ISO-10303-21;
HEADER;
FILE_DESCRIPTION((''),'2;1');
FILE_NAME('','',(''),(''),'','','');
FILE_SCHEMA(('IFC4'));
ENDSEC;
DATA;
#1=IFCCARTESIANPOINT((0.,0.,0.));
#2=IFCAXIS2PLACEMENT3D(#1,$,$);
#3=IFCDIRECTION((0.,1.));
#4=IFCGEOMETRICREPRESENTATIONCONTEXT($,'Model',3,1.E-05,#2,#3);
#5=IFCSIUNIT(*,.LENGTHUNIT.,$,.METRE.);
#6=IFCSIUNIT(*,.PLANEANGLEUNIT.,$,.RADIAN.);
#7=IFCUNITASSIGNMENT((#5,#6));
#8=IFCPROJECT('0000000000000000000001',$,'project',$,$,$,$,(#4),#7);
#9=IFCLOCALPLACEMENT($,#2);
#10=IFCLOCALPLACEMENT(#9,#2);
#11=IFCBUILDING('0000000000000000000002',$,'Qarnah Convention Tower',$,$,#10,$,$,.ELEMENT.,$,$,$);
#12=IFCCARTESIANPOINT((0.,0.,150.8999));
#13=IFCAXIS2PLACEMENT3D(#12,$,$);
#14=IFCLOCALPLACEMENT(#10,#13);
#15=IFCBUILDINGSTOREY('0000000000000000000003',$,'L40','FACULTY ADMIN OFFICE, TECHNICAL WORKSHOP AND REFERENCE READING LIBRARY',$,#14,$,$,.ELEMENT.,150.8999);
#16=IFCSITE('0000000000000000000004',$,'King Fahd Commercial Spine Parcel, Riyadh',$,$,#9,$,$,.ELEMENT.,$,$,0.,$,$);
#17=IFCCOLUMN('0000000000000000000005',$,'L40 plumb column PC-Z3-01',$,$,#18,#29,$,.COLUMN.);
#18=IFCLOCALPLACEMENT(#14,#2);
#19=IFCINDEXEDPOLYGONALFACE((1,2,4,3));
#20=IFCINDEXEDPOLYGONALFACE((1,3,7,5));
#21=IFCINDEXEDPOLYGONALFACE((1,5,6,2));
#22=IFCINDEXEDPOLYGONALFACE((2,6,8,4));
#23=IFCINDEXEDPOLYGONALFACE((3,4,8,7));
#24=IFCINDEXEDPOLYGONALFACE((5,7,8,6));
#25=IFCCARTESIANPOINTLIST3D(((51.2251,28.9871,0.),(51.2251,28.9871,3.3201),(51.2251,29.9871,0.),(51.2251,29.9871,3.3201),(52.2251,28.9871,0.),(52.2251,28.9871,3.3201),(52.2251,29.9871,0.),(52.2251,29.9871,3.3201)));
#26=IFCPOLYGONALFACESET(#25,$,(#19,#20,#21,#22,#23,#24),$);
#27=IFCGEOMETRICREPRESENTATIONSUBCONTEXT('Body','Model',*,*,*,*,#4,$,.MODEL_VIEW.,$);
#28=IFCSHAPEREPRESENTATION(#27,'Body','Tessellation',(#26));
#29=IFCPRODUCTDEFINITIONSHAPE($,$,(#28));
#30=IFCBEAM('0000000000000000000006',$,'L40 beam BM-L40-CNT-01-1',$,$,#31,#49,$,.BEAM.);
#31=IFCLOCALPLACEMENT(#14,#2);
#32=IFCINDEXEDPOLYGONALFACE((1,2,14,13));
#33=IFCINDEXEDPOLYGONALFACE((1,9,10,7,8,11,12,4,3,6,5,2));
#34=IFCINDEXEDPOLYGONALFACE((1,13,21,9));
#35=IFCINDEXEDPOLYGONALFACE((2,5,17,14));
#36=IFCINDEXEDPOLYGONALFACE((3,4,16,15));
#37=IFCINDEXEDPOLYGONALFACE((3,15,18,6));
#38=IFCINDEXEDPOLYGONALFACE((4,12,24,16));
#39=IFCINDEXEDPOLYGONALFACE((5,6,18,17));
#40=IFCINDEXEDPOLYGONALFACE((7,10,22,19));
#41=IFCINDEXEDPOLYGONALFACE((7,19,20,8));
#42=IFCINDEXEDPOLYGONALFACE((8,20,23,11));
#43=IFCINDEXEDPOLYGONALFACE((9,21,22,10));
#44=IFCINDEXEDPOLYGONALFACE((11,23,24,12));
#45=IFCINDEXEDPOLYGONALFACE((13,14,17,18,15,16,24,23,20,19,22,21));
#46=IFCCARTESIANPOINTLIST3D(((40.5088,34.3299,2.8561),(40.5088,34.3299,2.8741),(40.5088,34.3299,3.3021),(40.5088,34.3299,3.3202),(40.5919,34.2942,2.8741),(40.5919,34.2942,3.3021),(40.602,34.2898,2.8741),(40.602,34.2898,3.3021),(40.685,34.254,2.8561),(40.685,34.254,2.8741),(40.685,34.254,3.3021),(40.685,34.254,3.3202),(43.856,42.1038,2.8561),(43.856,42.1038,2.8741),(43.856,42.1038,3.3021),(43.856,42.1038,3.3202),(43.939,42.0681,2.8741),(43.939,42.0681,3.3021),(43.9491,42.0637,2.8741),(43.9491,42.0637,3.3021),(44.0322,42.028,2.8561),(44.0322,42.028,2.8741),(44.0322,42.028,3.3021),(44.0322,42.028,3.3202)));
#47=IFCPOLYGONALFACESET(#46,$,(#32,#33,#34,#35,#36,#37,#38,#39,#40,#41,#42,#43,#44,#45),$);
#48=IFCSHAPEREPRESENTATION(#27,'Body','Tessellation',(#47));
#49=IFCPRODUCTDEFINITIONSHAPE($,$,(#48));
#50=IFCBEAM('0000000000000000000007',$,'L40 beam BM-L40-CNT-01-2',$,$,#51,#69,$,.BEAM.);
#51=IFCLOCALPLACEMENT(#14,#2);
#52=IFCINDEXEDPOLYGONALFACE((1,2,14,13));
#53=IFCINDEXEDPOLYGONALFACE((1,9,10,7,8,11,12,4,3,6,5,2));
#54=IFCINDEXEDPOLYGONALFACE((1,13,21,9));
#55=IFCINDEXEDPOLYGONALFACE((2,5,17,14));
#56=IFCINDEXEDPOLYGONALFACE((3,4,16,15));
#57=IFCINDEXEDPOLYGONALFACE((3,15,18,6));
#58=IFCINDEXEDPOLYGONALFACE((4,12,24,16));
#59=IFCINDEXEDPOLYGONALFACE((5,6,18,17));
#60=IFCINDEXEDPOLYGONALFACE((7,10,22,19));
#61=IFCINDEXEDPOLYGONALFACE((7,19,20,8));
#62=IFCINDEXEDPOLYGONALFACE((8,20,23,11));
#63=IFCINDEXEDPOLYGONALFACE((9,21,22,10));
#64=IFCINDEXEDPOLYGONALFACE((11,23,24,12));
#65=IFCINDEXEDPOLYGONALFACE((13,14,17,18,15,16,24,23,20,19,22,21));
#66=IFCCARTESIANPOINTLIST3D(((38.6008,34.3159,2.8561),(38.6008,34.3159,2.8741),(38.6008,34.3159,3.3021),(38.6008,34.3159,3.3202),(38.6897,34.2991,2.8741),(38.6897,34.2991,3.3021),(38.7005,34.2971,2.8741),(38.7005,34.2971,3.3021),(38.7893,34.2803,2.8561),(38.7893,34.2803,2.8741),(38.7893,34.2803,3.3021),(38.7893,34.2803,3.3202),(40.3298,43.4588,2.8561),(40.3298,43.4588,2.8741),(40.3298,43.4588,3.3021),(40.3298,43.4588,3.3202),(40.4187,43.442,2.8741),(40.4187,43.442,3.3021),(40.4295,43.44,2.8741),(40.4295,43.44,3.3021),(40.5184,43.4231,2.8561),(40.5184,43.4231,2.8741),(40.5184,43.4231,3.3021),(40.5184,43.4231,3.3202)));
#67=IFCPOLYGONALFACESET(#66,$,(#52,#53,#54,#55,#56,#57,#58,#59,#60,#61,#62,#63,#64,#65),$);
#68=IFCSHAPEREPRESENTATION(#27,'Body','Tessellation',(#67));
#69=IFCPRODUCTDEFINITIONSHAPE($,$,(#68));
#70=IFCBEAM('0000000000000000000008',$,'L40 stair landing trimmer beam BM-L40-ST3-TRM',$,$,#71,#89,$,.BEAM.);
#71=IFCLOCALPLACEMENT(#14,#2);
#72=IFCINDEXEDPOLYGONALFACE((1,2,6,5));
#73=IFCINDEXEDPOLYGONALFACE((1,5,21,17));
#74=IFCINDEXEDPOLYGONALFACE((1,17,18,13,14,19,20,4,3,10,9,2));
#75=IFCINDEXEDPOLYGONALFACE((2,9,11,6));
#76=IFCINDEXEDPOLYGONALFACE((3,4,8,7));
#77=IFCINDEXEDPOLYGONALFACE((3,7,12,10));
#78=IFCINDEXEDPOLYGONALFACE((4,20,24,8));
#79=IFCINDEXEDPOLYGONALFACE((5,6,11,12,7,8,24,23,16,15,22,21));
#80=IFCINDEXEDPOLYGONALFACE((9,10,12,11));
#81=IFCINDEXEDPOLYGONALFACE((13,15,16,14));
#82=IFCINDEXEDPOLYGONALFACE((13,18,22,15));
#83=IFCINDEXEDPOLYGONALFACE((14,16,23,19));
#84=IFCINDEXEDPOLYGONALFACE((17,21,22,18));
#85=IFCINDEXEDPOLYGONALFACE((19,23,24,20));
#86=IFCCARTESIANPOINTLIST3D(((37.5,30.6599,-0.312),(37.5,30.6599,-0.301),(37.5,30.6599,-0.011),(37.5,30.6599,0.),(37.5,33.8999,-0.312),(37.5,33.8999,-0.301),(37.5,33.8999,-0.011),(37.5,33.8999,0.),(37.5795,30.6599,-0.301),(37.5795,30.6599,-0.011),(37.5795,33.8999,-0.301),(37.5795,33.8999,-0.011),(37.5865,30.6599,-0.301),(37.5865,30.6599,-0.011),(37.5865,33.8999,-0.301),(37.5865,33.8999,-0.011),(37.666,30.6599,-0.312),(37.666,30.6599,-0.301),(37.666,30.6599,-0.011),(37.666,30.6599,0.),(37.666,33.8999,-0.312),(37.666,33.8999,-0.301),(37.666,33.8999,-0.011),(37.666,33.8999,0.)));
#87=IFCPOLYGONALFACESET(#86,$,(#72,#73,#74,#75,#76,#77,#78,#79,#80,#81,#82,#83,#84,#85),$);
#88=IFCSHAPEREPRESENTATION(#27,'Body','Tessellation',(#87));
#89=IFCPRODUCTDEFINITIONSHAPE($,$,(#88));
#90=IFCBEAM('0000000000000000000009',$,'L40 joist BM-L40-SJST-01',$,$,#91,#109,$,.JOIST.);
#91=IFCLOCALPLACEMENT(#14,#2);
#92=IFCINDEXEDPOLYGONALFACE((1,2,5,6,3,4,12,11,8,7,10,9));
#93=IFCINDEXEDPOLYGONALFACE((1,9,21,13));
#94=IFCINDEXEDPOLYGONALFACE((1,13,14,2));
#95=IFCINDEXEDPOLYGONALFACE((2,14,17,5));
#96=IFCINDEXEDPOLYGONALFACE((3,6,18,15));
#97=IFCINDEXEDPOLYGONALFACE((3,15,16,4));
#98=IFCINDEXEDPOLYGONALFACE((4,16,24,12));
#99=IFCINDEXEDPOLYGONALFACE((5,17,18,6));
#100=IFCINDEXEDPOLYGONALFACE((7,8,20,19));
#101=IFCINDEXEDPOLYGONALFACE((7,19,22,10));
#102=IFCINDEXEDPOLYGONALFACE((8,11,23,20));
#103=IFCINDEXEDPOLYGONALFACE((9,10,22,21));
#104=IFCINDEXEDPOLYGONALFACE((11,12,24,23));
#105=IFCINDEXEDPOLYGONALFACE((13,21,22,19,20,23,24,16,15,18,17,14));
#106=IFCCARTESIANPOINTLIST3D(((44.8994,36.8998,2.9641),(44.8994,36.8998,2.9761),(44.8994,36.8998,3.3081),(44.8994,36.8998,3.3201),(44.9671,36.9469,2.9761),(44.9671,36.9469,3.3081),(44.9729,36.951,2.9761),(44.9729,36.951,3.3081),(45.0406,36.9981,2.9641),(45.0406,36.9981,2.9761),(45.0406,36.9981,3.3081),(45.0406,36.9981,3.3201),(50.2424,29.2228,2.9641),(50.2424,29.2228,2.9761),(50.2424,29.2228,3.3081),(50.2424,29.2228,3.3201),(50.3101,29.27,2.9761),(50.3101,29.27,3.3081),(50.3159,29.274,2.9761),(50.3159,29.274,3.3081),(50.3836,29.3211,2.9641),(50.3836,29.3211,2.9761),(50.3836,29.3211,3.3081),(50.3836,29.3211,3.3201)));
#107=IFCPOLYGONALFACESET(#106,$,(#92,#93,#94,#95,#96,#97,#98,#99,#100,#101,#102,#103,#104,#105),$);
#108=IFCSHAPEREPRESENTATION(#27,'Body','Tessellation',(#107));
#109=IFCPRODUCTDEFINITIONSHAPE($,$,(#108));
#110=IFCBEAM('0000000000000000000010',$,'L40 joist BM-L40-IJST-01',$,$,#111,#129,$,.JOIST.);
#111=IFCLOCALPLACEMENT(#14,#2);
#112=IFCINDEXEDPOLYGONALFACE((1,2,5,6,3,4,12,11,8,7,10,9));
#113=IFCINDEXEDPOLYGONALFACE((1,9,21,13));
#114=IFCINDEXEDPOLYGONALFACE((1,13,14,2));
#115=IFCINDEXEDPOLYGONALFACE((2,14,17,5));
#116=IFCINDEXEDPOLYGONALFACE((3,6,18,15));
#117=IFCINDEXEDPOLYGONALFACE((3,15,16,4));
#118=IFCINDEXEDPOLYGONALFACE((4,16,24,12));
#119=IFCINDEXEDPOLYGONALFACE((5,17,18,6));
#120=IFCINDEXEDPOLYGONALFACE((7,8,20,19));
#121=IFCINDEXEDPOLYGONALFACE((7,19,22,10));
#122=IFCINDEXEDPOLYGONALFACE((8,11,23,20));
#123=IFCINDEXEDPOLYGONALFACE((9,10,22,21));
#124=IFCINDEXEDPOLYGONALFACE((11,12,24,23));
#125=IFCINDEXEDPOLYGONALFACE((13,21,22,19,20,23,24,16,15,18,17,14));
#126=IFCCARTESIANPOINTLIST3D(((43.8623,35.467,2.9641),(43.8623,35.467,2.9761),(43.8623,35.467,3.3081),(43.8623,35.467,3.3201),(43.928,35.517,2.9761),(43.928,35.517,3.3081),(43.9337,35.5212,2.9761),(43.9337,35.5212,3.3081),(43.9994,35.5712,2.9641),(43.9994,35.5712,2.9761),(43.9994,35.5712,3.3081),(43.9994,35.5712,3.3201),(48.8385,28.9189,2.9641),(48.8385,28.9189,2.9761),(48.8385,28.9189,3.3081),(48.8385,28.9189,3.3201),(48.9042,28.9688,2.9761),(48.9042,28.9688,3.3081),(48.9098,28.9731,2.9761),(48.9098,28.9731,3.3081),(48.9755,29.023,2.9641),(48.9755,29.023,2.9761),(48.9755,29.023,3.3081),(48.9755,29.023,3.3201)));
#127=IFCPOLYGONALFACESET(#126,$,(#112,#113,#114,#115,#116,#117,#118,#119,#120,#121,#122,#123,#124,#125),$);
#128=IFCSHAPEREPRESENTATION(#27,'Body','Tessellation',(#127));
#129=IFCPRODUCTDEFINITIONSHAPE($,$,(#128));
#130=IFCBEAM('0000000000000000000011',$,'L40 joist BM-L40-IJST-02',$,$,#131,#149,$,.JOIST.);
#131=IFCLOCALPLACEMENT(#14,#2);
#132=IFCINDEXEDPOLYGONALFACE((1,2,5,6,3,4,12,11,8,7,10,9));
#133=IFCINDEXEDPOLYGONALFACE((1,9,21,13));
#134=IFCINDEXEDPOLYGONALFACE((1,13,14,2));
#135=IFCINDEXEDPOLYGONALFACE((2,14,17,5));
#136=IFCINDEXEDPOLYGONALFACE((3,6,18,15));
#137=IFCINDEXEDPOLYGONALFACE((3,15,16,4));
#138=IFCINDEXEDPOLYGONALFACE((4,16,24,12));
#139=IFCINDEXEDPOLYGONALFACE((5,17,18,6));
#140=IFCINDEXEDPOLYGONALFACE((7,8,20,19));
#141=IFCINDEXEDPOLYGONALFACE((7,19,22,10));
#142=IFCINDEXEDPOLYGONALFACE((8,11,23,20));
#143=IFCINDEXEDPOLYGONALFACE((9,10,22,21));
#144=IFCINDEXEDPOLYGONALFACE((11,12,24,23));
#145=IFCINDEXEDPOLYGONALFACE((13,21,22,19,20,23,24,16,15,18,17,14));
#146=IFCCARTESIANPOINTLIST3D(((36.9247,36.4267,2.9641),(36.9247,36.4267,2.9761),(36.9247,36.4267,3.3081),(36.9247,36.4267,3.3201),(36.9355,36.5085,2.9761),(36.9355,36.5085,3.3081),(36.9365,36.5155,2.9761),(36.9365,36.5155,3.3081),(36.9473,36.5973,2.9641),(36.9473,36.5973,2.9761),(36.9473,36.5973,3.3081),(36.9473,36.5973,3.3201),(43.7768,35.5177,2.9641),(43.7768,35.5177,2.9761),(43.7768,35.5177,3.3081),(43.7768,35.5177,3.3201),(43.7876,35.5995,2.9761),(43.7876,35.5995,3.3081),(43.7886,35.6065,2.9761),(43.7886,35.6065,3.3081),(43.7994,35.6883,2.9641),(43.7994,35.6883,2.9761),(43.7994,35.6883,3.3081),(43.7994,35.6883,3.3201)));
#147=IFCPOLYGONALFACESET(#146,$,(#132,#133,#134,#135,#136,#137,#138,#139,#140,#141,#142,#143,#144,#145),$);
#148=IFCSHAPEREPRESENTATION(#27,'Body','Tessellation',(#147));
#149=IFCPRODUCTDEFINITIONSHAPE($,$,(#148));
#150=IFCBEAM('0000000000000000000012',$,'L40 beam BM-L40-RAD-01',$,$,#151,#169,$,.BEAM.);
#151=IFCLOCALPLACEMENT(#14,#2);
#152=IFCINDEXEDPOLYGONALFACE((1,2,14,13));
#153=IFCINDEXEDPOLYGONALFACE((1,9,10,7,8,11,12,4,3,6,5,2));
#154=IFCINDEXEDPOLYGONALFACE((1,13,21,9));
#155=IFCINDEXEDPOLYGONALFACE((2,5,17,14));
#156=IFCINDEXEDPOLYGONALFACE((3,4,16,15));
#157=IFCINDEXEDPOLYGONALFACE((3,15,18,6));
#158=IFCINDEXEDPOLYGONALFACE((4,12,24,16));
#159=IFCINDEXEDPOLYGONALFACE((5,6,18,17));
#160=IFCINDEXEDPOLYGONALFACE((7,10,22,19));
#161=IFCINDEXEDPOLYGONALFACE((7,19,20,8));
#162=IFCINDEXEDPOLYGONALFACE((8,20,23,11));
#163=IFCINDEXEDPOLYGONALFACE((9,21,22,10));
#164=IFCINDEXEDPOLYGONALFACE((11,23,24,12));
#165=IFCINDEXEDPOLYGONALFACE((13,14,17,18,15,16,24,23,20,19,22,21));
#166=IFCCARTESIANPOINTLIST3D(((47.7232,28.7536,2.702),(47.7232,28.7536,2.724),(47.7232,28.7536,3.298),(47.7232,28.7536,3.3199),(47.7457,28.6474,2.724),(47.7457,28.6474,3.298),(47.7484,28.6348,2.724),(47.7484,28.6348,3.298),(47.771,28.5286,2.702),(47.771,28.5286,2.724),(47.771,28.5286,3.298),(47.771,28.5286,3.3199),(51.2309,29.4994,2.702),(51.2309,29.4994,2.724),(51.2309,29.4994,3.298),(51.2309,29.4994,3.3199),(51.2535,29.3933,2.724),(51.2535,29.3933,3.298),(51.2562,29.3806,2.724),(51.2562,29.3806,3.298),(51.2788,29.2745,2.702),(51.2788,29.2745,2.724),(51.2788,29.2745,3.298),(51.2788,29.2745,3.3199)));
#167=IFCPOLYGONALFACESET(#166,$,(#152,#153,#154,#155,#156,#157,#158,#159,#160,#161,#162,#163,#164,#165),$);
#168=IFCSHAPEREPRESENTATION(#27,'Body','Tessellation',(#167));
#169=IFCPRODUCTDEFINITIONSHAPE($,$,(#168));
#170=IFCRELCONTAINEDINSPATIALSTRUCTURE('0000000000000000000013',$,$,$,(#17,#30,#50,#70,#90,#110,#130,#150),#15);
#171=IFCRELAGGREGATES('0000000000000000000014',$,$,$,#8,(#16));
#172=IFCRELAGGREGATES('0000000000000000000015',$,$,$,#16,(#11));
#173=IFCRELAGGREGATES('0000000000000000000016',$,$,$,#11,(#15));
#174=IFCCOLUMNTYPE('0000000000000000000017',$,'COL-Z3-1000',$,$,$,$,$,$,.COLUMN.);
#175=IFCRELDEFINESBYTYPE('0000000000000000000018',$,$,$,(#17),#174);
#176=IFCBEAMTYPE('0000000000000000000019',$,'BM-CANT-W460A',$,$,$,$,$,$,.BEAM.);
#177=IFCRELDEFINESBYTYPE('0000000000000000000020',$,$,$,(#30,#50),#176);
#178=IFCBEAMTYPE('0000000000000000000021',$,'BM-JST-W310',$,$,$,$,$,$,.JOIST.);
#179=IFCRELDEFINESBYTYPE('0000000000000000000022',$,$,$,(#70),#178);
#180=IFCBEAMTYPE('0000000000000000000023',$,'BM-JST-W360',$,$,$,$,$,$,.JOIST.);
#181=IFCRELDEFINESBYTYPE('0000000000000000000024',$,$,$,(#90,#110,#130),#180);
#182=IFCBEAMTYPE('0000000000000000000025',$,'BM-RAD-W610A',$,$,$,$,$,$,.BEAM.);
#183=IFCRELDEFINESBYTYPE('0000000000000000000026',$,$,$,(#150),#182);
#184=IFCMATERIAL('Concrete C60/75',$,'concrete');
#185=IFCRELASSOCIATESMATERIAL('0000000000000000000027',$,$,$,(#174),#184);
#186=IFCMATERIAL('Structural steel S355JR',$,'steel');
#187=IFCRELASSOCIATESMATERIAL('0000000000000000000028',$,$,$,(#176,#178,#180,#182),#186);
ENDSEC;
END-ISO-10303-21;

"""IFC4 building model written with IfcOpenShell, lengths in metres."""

from ifc_helpers import new_model, si_unit, direction, frame, origin, origin_2d, place, context, subcontext, project, spatial, rectangle, i_section, extrude, material, material_profile, profile_set, type_object, element, save


model = new_model("IFC4")

# Units and contexts
model_context = context("Model", 3, precision=1e-05, world=origin(), true_north=direction((0.0, 1.0)))
body_context = subcontext(model_context, "Body", "Model", "MODEL_VIEW")
ifc_project = project(units=[si_unit("LENGTHUNIT", "METRE"), si_unit("PLANEANGLEUNIT", "RADIAN")], contexts=[model_context])

# Site, building, storey
site_placement = place(None, origin())
site = spatial("IfcSite", under=ifc_project, at=site_placement, Name="King Fahd Commercial Spine Parcel, Riyadh", CompositionType="ELEMENT", RefElevation=0.0)
building_placement = place(site_placement, origin())
building = spatial("IfcBuilding", under=site, at=building_placement, Name="Qarnah Convention Tower", CompositionType="ELEMENT")
storey_placement = place(building_placement, frame((0.0, 0.0, 150.8999)))
storey = spatial("IfcBuildingStorey", under=building, at=storey_placement, Name="L40", Description="FACULTY ADMIN OFFICE, TECHNICAL WORKSHOP AND REFERENCE READING LIBRARY", CompositionType="ELEMENT", Elevation=150.8999)

# Column
ifc_material_1 = material(Name="Concrete C60/75", Category="concrete")
ifc_material_profile_1 = material_profile(ifc_material_1, rectangle(XDim=1.0, YDim=1.0, at=origin_2d()), Name="RC-COL-1000X1000")
ifc_profile_set_1 = profile_set([ifc_material_profile_1], Name="Concrete C60/75")
column_type = type_object("IfcColumnType", Name="COL-Z3-1000", PredefinedType="COLUMN", material=ifc_profile_set_1)
column_placement = place(storey_placement, frame((51.7251, 29.4871, 0.0), z_axis=(0.0, 0.0, 1.0), x_axis=(1.0, 0.0, 0.0)))
element("IfcColumn", 1, at=column_placement, inside=storey, type_object=column_type, Name="L40 plumb column PC-Z3-01", PredefinedType="COLUMN", context=body_context, shape_type="SweptSolid", body=[
    extrude(rectangle(XDim=1.0, YDim=1.0, at=origin_2d()), origin(), (0.0, 0.0, 1.0), 3.3201),
])

# Beams
ifc_material_2 = material(Name="Structural steel S355JR", Category="steel")
ifc_material_profile_2 = material_profile(ifc_material_2, i_section(OverallWidth=0.1919, OverallDepth=0.4641, WebThickness=0.011, FlangeThickness=0.0181, at=origin_2d()), Name="W460X89")
ifc_profile_set_2 = profile_set([ifc_material_profile_2], Name="Structural steel S355JR")
beam_type_1 = type_object("IfcBeamType", Name="BM-CANT-W460A", PredefinedType="BEAM", material=ifc_profile_set_2)
beam_1_placement = place(storey_placement, frame((40.5969, 34.292, 3.0881), z_axis=(0.395464, 0.918481, 0.0), x_axis=(-0.918481, 0.395464, 0.0)))
element("IfcBeam", 2, at=beam_1_placement, inside=storey, type_object=beam_type_1, Name="L40 beam BM-L40-CNT-01-1", PredefinedType="BEAM", context=body_context, shape_type="SweptSolid", body=[
    extrude(i_section(OverallWidth=0.1919, OverallDepth=0.4641, WebThickness=0.011, FlangeThickness=0.0181, at=origin_2d()), origin(), (0.0, 0.0, 1.0), 8.4639),
])
beam_2_placement = place(storey_placement, frame((38.6951, 34.2981, 3.0881), z_axis=(0.185817, 0.982584, 0.0), x_axis=(-0.982584, 0.185817, 0.0)))
element("IfcBeam", 3, at=beam_2_placement, inside=storey, type_object=beam_type_1, Name="L40 beam BM-L40-CNT-01-2", PredefinedType="BEAM", context=body_context, shape_type="SweptSolid", body=[
    extrude(i_section(OverallWidth=0.1919, OverallDepth=0.4641, WebThickness=0.011, FlangeThickness=0.0181, at=origin_2d()), origin(), (0.0, 0.0, 1.0), 9.3049),
])
ifc_material_profile_3 = material_profile(ifc_material_2, i_section(OverallWidth=0.166, OverallDepth=0.312, WebThickness=0.0071, FlangeThickness=0.011, at=origin_2d()), Name="W310X45")
ifc_profile_set_3 = profile_set([ifc_material_profile_3], Name="Structural steel S355JR")
beam_type_2 = type_object("IfcBeamType", Name="BM-JST-W310", PredefinedType="JOIST", material=ifc_profile_set_3)
beam_3_placement = place(storey_placement, frame((37.583, 30.6599, -0.156), z_axis=(0.0, 1.0, 0.0), x_axis=(-1.0, 0.0, 0.0)))
element("IfcBeam", 4, at=beam_3_placement, inside=storey, type_object=beam_type_2, Name="L40 stair landing trimmer beam BM-L40-ST3-TRM", PredefinedType="BEAM", context=body_context, shape_type="SweptSolid", body=[
    extrude(i_section(OverallWidth=0.166, OverallDepth=0.312, WebThickness=0.0071, FlangeThickness=0.011, at=origin_2d()), origin(), (0.0, 0.0, 1.0), 3.24),
])
ifc_material_profile_4 = material_profile(ifc_material_2, i_section(OverallWidth=0.1721, OverallDepth=0.356, WebThickness=0.0071, FlangeThickness=0.012, at=origin_2d()), Name="W360X51")
ifc_profile_set_4 = profile_set([ifc_material_profile_4], Name="Structural steel S355JR")
beam_type_3 = type_object("IfcBeamType", Name="BM-JST-W360", PredefinedType="JOIST", material=ifc_profile_set_4)
beam_4_placement = place(storey_placement, frame((50.313, 29.272, 3.1421), z_axis=(-0.571244, 0.82078, 0.0), x_axis=(-0.82078, -0.571244, 0.0)))
element("IfcBeam", 5, at=beam_4_placement, inside=storey, type_object=beam_type_3, Name="L40 joist BM-L40-SJST-01", PredefinedType="JOIST", context=body_context, shape_type="SweptSolid", body=[
    extrude(i_section(OverallWidth=0.1721, OverallDepth=0.356, WebThickness=0.0071, FlangeThickness=0.012, at=origin_2d()), origin(), (0.0, 0.0, 1.0), 9.3533),
])
beam_5_placement = place(storey_placement, frame((48.907, 28.9709, 3.1421), z_axis=(-0.605046, 0.79619, 0.0), x_axis=(-0.79619, -0.605046, 0.0)))
element("IfcBeam", 6, at=beam_5_placement, inside=storey, type_object=beam_type_3, Name="L40 joist BM-L40-IJST-01", PredefinedType="JOIST", context=body_context, shape_type="SweptSolid", body=[
    extrude(i_section(OverallWidth=0.1721, OverallDepth=0.356, WebThickness=0.0071, FlangeThickness=0.012, at=origin_2d()), origin(), (0.0, 0.0, 1.0), 8.2244),
])
beam_6_placement = place(storey_placement, frame((43.7881, 35.603, 3.1421), z_axis=(-0.991316, 0.1315, 0.0), x_axis=(-0.1315, -0.991316, 0.0)))
element("IfcBeam", 7, at=beam_6_placement, inside=storey, type_object=beam_type_3, Name="L40 joist BM-L40-IJST-02", PredefinedType="JOIST", context=body_context, shape_type="SweptSolid", body=[
    extrude(i_section(OverallWidth=0.1721, OverallDepth=0.356, WebThickness=0.0071, FlangeThickness=0.012, at=origin_2d()), origin(), (0.0, 0.0, 1.0), 6.9121),
])
ifc_material_profile_5 = material_profile(ifc_material_2, i_section(OverallWidth=0.23, OverallDepth=0.6179, WebThickness=0.0129, FlangeThickness=0.022, at=origin_2d()), Name="W610X140")
ifc_profile_set_5 = profile_set([ifc_material_profile_5], Name="Structural steel S355JR")
beam_type_4 = type_object("IfcBeamType", Name="BM-RAD-W610A", PredefinedType="BEAM", material=ifc_profile_set_5)
beam_7_placement = place(storey_placement, frame((47.7471, 28.6411, 3.011), z_axis=(0.978134, 0.207976, 0.0), x_axis=(-0.207976, 0.978134, 0.0)))
element("IfcBeam", 8, at=beam_7_placement, inside=storey, type_object=beam_type_4, Name="L40 beam BM-L40-RAD-01", PredefinedType="BEAM", context=body_context, shape_type="SweptSolid", body=[
    extrude(i_section(OverallWidth=0.23, OverallDepth=0.6179, WebThickness=0.0129, FlangeThickness=0.022, at=origin_2d()), origin(), (0.0, 0.0, 1.0), 3.5862),
])

save(model, "model.ifc")
